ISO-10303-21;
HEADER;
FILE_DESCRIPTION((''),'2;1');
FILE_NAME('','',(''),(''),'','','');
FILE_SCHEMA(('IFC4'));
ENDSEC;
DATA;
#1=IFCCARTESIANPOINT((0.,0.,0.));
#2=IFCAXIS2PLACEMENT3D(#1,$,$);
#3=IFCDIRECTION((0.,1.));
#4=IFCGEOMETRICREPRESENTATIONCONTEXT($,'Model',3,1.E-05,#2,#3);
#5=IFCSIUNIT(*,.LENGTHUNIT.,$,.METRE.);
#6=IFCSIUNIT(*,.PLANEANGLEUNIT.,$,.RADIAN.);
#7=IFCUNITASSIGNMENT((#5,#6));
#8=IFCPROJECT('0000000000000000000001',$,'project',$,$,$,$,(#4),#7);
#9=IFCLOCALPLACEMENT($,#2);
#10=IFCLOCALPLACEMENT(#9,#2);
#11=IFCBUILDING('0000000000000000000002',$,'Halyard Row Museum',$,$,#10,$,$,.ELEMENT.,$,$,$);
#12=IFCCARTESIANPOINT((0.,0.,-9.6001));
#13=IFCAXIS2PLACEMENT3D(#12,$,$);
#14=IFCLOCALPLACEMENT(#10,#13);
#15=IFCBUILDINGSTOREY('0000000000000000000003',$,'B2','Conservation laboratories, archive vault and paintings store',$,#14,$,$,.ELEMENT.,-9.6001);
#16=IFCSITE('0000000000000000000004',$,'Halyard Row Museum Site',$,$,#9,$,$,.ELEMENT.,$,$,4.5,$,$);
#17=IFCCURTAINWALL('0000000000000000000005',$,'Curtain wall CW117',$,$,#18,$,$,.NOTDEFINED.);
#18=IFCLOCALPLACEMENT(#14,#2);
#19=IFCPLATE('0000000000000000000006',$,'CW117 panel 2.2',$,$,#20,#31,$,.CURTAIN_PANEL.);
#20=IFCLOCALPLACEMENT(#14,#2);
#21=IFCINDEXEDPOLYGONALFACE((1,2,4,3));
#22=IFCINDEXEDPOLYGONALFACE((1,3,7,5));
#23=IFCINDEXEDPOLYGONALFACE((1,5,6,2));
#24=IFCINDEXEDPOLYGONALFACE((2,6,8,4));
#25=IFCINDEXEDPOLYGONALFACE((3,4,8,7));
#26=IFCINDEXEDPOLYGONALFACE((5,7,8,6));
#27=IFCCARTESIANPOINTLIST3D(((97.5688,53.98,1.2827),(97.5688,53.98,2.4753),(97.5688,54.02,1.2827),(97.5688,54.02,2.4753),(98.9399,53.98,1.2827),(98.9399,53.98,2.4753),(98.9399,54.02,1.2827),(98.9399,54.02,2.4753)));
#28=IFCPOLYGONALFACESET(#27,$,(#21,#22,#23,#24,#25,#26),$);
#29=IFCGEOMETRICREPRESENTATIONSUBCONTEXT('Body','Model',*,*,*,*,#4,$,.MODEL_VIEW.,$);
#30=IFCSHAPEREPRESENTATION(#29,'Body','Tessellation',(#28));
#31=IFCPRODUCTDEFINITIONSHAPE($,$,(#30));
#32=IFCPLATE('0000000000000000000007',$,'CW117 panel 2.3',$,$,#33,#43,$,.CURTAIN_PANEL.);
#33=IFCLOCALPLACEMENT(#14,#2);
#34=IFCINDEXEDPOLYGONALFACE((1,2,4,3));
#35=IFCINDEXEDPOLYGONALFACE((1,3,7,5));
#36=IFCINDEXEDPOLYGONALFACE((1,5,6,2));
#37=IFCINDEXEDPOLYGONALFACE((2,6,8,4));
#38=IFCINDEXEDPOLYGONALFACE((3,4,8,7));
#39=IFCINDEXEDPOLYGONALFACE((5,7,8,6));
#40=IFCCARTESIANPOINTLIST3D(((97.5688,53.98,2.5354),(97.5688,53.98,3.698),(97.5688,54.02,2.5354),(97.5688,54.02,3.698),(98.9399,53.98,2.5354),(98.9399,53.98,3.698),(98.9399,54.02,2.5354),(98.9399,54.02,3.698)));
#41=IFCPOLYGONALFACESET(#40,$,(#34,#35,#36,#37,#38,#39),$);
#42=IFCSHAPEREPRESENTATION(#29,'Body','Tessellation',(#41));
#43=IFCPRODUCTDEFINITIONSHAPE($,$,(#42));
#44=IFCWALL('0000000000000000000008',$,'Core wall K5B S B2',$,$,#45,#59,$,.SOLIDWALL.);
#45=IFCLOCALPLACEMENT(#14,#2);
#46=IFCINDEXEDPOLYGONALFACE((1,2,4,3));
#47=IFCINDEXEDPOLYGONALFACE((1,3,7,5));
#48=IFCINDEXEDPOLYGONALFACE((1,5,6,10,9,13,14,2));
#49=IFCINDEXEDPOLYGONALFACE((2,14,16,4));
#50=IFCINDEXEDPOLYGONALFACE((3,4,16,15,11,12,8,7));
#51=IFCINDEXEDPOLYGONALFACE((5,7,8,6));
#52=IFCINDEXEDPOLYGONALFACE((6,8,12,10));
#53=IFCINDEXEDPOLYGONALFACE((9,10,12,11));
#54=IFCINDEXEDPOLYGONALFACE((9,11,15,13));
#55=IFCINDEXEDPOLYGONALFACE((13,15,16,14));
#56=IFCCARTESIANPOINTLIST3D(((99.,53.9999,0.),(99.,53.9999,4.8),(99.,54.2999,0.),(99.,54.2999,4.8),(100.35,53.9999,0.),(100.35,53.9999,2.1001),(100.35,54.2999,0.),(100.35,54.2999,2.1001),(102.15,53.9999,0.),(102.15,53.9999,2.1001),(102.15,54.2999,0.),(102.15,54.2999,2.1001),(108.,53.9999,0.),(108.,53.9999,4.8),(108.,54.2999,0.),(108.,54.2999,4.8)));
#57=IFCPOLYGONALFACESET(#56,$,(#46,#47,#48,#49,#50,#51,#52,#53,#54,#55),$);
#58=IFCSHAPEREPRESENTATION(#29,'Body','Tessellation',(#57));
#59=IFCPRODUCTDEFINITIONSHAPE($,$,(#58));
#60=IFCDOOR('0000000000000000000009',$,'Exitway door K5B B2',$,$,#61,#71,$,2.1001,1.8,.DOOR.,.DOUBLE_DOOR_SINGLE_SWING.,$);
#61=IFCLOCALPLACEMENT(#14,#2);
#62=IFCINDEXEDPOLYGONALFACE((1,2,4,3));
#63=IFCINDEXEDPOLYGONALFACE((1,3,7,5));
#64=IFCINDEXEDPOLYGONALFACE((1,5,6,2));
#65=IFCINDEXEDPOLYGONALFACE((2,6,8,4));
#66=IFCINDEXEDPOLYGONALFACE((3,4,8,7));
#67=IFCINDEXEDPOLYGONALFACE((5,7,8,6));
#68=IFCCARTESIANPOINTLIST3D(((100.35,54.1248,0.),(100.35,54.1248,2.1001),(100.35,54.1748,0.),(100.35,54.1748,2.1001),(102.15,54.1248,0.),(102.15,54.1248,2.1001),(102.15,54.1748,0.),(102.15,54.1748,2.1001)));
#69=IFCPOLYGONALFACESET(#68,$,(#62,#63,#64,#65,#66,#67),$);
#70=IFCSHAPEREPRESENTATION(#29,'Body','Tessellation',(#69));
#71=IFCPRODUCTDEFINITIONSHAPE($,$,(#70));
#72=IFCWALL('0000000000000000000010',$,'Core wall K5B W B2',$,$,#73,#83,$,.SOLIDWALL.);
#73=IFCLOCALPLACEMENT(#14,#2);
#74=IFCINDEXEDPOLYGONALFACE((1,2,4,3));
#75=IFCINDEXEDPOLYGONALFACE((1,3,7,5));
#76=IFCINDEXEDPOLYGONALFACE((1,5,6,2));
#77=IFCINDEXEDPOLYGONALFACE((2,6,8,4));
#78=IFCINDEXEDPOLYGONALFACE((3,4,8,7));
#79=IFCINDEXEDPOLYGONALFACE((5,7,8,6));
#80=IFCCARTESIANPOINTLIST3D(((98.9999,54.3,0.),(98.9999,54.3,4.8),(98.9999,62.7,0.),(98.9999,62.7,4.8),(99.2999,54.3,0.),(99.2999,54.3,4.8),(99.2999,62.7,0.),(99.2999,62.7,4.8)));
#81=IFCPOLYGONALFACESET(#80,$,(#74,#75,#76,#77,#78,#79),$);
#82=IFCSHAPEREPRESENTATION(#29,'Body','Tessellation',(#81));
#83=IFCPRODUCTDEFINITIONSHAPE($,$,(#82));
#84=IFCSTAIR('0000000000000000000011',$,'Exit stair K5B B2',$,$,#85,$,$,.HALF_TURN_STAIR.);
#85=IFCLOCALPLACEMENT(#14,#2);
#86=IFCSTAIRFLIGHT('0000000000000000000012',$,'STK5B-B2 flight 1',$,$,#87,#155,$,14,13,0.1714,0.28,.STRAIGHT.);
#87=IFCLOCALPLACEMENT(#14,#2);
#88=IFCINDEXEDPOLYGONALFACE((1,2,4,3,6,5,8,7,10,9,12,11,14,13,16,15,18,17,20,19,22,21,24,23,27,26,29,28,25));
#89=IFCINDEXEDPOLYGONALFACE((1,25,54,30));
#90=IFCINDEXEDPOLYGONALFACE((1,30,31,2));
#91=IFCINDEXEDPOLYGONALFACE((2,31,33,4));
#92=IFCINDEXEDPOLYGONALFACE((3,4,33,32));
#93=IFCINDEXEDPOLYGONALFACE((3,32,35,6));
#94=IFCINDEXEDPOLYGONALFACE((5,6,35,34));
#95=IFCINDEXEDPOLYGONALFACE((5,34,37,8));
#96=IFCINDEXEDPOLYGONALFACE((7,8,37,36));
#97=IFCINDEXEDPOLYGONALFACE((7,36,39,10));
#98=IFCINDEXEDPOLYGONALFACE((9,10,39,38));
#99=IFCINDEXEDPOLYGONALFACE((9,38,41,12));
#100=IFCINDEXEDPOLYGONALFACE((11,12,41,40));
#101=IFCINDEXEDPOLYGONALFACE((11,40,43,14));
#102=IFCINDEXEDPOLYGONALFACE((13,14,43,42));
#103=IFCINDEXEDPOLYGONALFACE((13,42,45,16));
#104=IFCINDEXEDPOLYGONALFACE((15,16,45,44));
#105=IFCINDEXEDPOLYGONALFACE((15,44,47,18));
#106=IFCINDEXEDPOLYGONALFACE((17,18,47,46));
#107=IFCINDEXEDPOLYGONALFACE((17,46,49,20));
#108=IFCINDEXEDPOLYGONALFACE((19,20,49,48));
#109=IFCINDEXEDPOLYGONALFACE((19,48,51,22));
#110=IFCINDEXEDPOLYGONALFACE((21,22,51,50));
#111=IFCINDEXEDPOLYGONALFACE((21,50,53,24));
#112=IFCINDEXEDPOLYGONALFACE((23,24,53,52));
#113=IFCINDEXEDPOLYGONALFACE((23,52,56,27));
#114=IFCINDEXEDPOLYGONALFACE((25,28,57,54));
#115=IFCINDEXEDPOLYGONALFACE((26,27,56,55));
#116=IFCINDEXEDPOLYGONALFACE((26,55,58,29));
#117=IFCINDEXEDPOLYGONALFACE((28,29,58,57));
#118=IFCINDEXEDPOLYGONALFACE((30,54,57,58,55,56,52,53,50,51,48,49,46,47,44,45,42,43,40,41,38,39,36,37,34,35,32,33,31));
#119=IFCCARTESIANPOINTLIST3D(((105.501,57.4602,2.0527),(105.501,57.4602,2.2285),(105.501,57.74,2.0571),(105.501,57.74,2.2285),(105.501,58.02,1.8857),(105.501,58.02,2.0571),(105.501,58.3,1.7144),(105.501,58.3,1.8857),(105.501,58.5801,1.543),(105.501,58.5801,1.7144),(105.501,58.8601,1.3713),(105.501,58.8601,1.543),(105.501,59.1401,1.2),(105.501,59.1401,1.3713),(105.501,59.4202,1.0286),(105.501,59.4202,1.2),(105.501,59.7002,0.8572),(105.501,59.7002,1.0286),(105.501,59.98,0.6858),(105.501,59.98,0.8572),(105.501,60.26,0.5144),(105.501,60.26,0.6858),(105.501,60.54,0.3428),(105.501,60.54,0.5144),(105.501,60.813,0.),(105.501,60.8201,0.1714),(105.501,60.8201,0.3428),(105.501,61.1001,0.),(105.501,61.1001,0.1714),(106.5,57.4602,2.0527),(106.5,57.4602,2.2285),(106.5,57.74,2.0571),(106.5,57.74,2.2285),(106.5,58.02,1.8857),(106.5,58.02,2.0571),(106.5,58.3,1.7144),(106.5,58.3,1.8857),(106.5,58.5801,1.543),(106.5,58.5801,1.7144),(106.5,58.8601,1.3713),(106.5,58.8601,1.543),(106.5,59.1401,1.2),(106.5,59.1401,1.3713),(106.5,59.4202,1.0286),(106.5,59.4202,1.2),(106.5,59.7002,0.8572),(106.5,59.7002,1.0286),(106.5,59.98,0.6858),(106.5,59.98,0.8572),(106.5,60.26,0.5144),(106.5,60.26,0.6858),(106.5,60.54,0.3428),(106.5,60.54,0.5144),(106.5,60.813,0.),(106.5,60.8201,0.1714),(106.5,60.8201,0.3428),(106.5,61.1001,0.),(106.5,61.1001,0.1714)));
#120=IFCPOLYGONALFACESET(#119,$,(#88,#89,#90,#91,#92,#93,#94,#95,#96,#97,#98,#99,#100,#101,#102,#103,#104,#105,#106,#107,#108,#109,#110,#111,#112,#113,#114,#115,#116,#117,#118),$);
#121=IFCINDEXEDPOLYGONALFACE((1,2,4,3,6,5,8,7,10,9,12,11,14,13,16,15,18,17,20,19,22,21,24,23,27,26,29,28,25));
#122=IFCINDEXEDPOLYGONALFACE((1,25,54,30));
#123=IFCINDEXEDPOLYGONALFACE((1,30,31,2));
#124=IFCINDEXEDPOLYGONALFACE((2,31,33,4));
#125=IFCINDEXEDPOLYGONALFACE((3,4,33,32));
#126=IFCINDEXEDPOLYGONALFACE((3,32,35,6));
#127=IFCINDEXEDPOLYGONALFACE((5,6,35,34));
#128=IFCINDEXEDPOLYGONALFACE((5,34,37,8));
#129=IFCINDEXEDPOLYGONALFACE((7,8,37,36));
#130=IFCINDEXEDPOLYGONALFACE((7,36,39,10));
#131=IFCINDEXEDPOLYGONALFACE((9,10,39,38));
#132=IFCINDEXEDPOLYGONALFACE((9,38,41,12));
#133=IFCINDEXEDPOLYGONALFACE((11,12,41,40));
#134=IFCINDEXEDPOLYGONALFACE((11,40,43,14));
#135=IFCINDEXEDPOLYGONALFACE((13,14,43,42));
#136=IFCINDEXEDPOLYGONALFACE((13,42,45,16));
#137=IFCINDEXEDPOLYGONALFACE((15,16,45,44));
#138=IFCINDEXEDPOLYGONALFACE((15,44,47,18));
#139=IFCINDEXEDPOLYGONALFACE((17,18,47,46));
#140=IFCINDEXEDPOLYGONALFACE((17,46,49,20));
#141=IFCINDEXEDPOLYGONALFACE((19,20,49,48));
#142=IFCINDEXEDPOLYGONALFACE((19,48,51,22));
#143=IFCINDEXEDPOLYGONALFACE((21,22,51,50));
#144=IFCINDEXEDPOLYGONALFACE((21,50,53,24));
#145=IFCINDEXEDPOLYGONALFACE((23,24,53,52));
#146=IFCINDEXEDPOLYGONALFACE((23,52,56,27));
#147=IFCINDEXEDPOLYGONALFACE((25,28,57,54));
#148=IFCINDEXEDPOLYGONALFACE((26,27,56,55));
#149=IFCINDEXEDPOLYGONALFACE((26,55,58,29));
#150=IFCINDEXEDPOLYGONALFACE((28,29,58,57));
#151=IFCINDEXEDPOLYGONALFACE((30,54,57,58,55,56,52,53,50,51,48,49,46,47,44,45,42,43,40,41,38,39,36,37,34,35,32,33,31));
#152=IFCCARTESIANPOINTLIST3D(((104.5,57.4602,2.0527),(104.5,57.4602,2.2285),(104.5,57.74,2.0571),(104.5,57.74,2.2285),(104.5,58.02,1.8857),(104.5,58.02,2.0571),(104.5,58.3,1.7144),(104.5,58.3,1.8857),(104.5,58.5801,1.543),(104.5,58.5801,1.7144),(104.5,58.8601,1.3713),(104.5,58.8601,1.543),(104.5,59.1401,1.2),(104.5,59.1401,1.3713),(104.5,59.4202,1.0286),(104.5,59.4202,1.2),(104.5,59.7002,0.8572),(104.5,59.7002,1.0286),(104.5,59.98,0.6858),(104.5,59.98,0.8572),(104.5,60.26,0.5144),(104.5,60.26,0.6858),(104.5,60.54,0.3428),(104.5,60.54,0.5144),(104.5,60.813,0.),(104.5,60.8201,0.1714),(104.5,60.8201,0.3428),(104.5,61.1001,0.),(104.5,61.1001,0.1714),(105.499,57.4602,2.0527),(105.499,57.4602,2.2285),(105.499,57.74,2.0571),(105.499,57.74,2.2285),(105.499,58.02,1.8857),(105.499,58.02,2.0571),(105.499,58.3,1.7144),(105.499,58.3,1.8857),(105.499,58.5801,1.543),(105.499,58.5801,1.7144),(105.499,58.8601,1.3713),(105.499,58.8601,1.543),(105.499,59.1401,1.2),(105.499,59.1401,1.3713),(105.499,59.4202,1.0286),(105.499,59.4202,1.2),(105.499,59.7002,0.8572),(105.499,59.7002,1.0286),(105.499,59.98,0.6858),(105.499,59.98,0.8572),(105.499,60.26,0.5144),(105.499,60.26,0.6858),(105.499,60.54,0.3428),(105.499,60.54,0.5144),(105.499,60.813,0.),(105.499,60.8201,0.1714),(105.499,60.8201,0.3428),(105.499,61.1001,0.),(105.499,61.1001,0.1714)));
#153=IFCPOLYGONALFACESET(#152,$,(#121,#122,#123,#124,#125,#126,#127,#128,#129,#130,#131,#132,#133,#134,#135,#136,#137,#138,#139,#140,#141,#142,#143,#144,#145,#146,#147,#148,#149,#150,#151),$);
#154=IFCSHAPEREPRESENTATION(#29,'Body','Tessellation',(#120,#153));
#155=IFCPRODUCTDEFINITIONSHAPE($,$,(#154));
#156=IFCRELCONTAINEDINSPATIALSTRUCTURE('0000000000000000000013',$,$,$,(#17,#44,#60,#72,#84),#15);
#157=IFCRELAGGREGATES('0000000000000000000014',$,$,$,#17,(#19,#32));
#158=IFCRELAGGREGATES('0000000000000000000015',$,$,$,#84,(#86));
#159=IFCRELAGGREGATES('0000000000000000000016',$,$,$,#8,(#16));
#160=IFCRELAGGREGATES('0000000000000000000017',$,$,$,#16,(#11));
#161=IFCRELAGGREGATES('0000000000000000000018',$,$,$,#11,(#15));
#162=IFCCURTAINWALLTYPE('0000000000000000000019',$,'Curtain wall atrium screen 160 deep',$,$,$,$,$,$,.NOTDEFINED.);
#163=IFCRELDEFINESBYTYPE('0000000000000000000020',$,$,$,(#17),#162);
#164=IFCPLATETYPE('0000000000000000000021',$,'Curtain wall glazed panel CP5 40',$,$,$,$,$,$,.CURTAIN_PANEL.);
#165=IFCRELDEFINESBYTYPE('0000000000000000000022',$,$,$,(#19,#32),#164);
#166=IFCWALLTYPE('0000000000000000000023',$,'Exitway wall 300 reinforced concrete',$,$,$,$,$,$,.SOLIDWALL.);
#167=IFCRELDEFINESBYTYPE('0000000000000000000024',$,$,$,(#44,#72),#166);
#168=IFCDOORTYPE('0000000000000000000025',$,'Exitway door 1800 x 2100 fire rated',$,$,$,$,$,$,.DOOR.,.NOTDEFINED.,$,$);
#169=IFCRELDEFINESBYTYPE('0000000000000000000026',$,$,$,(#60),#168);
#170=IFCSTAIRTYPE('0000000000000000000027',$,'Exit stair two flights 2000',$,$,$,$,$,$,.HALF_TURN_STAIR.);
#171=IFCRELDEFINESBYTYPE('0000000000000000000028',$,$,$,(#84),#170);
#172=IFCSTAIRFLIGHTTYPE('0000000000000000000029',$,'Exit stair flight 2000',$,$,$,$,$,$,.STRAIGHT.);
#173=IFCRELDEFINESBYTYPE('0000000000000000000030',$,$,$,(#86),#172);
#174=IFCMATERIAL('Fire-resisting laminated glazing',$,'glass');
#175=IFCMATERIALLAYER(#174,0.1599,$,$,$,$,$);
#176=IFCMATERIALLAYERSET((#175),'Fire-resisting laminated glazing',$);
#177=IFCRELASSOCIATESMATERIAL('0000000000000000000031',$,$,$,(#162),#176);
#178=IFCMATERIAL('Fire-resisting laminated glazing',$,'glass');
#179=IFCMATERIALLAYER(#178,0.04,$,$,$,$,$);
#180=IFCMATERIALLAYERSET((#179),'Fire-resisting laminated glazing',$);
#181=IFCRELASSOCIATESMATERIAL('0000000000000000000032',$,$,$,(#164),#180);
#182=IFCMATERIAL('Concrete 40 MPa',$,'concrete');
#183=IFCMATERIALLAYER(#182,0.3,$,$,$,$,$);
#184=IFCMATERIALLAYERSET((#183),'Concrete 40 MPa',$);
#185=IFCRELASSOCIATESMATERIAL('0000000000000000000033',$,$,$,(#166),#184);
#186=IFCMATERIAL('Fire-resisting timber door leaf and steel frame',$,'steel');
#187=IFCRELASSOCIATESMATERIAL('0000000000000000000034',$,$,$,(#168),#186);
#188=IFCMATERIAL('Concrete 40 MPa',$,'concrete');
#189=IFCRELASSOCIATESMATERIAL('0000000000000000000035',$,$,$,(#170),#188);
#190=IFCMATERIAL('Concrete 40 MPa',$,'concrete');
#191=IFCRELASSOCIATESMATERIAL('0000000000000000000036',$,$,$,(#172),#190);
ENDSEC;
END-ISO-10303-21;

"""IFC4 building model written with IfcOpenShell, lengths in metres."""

from ifc_helpers import new_model, si_unit, direction, frame, frame_2d, origin, origin_2d, place, context, subcontext, project, spatial, polyline, rectangle, outline, extrude, material, layer, layer_set, type_object, element, fill, aggregate, save


model = new_model("IFC4")

# Units and contexts
model_context = context("Model", 3, precision=1e-05, world=origin(), true_north=direction((0.0, 1.0)))
body_context = subcontext(model_context, "Body", "Model", "MODEL_VIEW")
ifc_project = project(units=[si_unit("LENGTHUNIT", "METRE"), si_unit("PLANEANGLEUNIT", "RADIAN")], contexts=[model_context])

# Site, building, storey
site_placement = place(None, origin())
site = spatial("IfcSite", under=ifc_project, at=site_placement, Name="Halyard Row Museum Site", CompositionType="ELEMENT", RefElevation=4.5)
building_placement = place(site_placement, origin())
building = spatial("IfcBuilding", under=site, at=building_placement, Name="Halyard Row Museum", CompositionType="ELEMENT")
storey_placement = place(building_placement, frame((0.0, 0.0, -9.6001)))
storey = spatial("IfcBuildingStorey", under=building, at=storey_placement, Name="B2", Description="Conservation laboratories, archive vault and paintings store", CompositionType="ELEMENT", Elevation=-9.6001)

# Curtain wall
ifc_material_1 = material(Name="Fire-resisting laminated glazing", Category="glass")
ifc_layer_1 = layer(ifc_material_1, 0.1599)
ifc_layer_set_1 = layer_set([ifc_layer_1], Name="Fire-resisting laminated glazing")
curtain_wall_type = type_object("IfcCurtainWallType", Name="Curtain wall atrium screen 160 deep", PredefinedType="NOTDEFINED", material=ifc_layer_set_1)
curtain_wall_placement = place(storey_placement, origin())
curtain_wall = element("IfcCurtainWall", 1, at=curtain_wall_placement, inside=storey, type_object=curtain_wall_type, Name="Curtain wall CW117", PredefinedType="NOTDEFINED")

# Plates
ifc_material_2 = material(Name="Fire-resisting laminated glazing", Category="glass")
ifc_layer_2 = layer(ifc_material_2, 0.04)
ifc_layer_set_2 = layer_set([ifc_layer_2], Name="Fire-resisting laminated glazing")
plate_type = type_object("IfcPlateType", Name="Curtain wall glazed panel CP5 40", PredefinedType="CURTAIN_PANEL", material=ifc_layer_set_2)
plate_1_placement = place(storey_placement, frame((98.2544, 54.0, 1.2827), z_axis=(0.0, 0.0, 1.0), x_axis=(1.0, 0.0, 0.0)))
plate_1 = element("IfcPlate", 2, at=plate_1_placement, type_object=plate_type, Name="CW117 panel 2.2", PredefinedType="CURTAIN_PANEL", context=body_context, shape_type="SweptSolid", body=[
    extrude(rectangle(XDim=1.3711, YDim=0.04, at=origin_2d()), origin(), (0.0, 0.0, 1.0), 1.1926),
])
plate_2_placement = place(storey_placement, frame((98.2544, 54.0, 2.5354), z_axis=(0.0, 0.0, 1.0), x_axis=(1.0, 0.0, 0.0)))
plate_2 = element("IfcPlate", 3, at=plate_2_placement, type_object=plate_type, Name="CW117 panel 2.3", PredefinedType="CURTAIN_PANEL", context=body_context, shape_type="SweptSolid", body=[
    extrude(rectangle(XDim=1.3711, YDim=0.04, at=origin_2d()), origin(), (0.0, 0.0, 1.0), 1.1626),
])
aggregate(curtain_wall, [plate_1, plate_2])

# Wall, opening, door
ifc_material_3 = material(Name="Concrete 40 MPa", Category="concrete")
ifc_layer_3 = layer(ifc_material_3, 0.3)
ifc_layer_set_3 = layer_set([ifc_layer_3], Name="Concrete 40 MPa")
wall_type = type_object("IfcWallType", Name="Exitway wall 300 reinforced concrete", PredefinedType="SOLIDWALL", material=ifc_layer_set_3)
wall_1_placement = place(storey_placement, frame((99.0, 54.1499, 0.0), z_axis=(0.0, 0.0, 1.0), x_axis=(1.0, 0.0, 0.0)))
wall_1 = element("IfcWall", 4, at=wall_1_placement, inside=storey, type_object=wall_type, Name="Core wall K5B S B2", PredefinedType="SOLIDWALL", context=body_context, shape_type="SweptSolid", body=[
    extrude(rectangle(XDim=9.0, YDim=0.3, at=frame_2d((4.5, 0.0))), origin(), (0.0, 0.0, 1.0), 4.8),
])
opening_placement = place(wall_1_placement, frame((1.3501, 0.0, 0.0)))
opening = element("IfcOpeningElement", 5, at=opening_placement, cuts=wall_1, PredefinedType="OPENING", context=body_context, shape_type="SweptSolid", body=[
    extrude(rectangle(XDim=1.8, YDim=2.1001, at=frame_2d((0.8999, 1.05))), frame((0.0, 0.1599, 0.0), z_axis=(0.0, -1.0, 0.0), x_axis=(1.0, 0.0, 0.0)), (0.0, 0.0, 1.0), 0.3201),
])
ifc_material_4 = material(Name="Fire-resisting timber door leaf and steel frame", Category="steel")
door_type = type_object("IfcDoorType", Name="Exitway door 1800 x 2100 fire rated", OperationType="NOTDEFINED", PredefinedType="DOOR", material=ifc_material_4)
door_placement = place(opening_placement, origin())
door = element("IfcDoor", 6, at=door_placement, inside=storey, type_object=door_type, Name="Exitway door K5B B2", OperationType="DOUBLE_DOOR_SINGLE_SWING", OverallHeight=2.1001, OverallWidth=1.8, PredefinedType="DOOR", context=body_context, shape_type="SweptSolid", body=[
    extrude(rectangle(XDim=1.8, YDim=2.1001, at=frame_2d((0.8999, 1.05))), frame((0.0, 0.0249, 0.0), z_axis=(0.0, -1.0, 0.0), x_axis=(1.0, 0.0, 0.0)), (0.0, 0.0, 1.0), 0.05),
])
fill(opening, door)

# Wall
wall_2_placement = place(storey_placement, frame((99.1499, 54.3, 0.0), z_axis=(0.0, 0.0, 1.0), x_axis=(0.0, 1.0, 0.0)))
element("IfcWall", 7, at=wall_2_placement, inside=storey, type_object=wall_type, Name="Core wall K5B W B2", PredefinedType="SOLIDWALL", context=body_context, shape_type="SweptSolid", body=[
    extrude(rectangle(XDim=8.3999, YDim=0.3, at=frame_2d((4.2, 0.0))), origin(), (0.0, 0.0, 1.0), 4.8),
])

# Stair, stair flight
ifc_material_5 = material(Name="Concrete 40 MPa", Category="concrete")
stair_type = type_object("IfcStairType", Name="Exit stair two flights 2000", PredefinedType="HALF_TURN_STAIR", material=ifc_material_5)
stair_placement = place(storey_placement, origin())
stair = element("IfcStair", 8, at=stair_placement, inside=storey, type_object=stair_type, Name="Exit stair K5B B2", PredefinedType="HALF_TURN_STAIR")
ifc_material_6 = material(Name="Concrete 40 MPa", Category="concrete")
stair_flight_type = type_object("IfcStairFlightType", Name="Exit stair flight 2000", PredefinedType="STRAIGHT", material=ifc_material_6)
stair_flight_1_placement = place(storey_placement, frame((105.5, 61.1001, 0.0), z_axis=(0.0, 0.0, 1.0), x_axis=(0.0, -1.0, 0.0)))
stair_flight_1 = element("IfcStairFlight", 9, at=stair_flight_1_placement, type_object=stair_flight_type, Name="STK5B-B2 flight 1", NumberOfRisers=14, NumberOfTreads=13, PredefinedType="STRAIGHT", RiserHeight=0.1714, TreadLength=0.28, context=body_context, shape_type="SweptSolid", body=[
    extrude(outline(polyline([(0.0, 0.0), (0.0, 0.1714), (0.28, 0.1714), (0.28, 0.3428), (0.5601, 0.3428), (0.5601, 0.5144), (0.8401, 0.5144), (0.8401, 0.6858), (1.1201, 0.6858), (1.1201, 0.8572), (1.3999, 0.8572), (1.3999, 1.0286), (1.6799, 1.0286), (1.6799, 1.2), (1.96, 1.2), (1.96, 1.3713), (2.24, 1.3713), (2.24, 1.543), (2.52, 1.543), (2.52, 1.7144), (2.8, 1.7144), (2.8, 1.8857), (3.0801, 1.8857), (3.0801, 2.0571), (3.3601, 2.0571), (3.3601, 2.2285), (3.6399, 2.2285), (3.6399, 2.3999), (3.6399, 2.0527), (0.2871, 0.0), (0.0, 0.0)])), frame((0.0, 1.0, 0.0), z_axis=(0.0, -1.0, 0.0), x_axis=(1.0, 0.0, 0.0)), (0.0, 0.0, 1.0), 0.999),
    extrude(outline(polyline([(0.0, 0.0), (0.0, 0.1714), (0.28, 0.1714), (0.28, 0.3428), (0.5601, 0.3428), (0.5601, 0.5144), (0.8401, 0.5144), (0.8401, 0.6858), (1.1201, 0.6858), (1.1201, 0.8572), (1.3999, 0.8572), (1.3999, 1.0286), (1.6799, 1.0286), (1.6799, 1.2), (1.96, 1.2), (1.96, 1.3713), (2.24, 1.3713), (2.24, 1.543), (2.52, 1.543), (2.52, 1.7144), (2.8, 1.7144), (2.8, 1.8857), (3.0801, 1.8857), (3.0801, 2.0571), (3.3601, 2.0571), (3.3601, 2.2285), (3.6399, 2.2285), (3.6399, 2.3999), (3.6399, 2.0527), (0.2871, 0.0), (0.0, 0.0)])), frame((0.0, -0.001, 0.0), z_axis=(0.0, -1.0, 0.0), x_axis=(1.0, 0.0, 0.0)), (0.0, 0.0, 1.0), 0.999),
])
aggregate(stair, [stair_flight_1])

save(model, "model.ifc")
